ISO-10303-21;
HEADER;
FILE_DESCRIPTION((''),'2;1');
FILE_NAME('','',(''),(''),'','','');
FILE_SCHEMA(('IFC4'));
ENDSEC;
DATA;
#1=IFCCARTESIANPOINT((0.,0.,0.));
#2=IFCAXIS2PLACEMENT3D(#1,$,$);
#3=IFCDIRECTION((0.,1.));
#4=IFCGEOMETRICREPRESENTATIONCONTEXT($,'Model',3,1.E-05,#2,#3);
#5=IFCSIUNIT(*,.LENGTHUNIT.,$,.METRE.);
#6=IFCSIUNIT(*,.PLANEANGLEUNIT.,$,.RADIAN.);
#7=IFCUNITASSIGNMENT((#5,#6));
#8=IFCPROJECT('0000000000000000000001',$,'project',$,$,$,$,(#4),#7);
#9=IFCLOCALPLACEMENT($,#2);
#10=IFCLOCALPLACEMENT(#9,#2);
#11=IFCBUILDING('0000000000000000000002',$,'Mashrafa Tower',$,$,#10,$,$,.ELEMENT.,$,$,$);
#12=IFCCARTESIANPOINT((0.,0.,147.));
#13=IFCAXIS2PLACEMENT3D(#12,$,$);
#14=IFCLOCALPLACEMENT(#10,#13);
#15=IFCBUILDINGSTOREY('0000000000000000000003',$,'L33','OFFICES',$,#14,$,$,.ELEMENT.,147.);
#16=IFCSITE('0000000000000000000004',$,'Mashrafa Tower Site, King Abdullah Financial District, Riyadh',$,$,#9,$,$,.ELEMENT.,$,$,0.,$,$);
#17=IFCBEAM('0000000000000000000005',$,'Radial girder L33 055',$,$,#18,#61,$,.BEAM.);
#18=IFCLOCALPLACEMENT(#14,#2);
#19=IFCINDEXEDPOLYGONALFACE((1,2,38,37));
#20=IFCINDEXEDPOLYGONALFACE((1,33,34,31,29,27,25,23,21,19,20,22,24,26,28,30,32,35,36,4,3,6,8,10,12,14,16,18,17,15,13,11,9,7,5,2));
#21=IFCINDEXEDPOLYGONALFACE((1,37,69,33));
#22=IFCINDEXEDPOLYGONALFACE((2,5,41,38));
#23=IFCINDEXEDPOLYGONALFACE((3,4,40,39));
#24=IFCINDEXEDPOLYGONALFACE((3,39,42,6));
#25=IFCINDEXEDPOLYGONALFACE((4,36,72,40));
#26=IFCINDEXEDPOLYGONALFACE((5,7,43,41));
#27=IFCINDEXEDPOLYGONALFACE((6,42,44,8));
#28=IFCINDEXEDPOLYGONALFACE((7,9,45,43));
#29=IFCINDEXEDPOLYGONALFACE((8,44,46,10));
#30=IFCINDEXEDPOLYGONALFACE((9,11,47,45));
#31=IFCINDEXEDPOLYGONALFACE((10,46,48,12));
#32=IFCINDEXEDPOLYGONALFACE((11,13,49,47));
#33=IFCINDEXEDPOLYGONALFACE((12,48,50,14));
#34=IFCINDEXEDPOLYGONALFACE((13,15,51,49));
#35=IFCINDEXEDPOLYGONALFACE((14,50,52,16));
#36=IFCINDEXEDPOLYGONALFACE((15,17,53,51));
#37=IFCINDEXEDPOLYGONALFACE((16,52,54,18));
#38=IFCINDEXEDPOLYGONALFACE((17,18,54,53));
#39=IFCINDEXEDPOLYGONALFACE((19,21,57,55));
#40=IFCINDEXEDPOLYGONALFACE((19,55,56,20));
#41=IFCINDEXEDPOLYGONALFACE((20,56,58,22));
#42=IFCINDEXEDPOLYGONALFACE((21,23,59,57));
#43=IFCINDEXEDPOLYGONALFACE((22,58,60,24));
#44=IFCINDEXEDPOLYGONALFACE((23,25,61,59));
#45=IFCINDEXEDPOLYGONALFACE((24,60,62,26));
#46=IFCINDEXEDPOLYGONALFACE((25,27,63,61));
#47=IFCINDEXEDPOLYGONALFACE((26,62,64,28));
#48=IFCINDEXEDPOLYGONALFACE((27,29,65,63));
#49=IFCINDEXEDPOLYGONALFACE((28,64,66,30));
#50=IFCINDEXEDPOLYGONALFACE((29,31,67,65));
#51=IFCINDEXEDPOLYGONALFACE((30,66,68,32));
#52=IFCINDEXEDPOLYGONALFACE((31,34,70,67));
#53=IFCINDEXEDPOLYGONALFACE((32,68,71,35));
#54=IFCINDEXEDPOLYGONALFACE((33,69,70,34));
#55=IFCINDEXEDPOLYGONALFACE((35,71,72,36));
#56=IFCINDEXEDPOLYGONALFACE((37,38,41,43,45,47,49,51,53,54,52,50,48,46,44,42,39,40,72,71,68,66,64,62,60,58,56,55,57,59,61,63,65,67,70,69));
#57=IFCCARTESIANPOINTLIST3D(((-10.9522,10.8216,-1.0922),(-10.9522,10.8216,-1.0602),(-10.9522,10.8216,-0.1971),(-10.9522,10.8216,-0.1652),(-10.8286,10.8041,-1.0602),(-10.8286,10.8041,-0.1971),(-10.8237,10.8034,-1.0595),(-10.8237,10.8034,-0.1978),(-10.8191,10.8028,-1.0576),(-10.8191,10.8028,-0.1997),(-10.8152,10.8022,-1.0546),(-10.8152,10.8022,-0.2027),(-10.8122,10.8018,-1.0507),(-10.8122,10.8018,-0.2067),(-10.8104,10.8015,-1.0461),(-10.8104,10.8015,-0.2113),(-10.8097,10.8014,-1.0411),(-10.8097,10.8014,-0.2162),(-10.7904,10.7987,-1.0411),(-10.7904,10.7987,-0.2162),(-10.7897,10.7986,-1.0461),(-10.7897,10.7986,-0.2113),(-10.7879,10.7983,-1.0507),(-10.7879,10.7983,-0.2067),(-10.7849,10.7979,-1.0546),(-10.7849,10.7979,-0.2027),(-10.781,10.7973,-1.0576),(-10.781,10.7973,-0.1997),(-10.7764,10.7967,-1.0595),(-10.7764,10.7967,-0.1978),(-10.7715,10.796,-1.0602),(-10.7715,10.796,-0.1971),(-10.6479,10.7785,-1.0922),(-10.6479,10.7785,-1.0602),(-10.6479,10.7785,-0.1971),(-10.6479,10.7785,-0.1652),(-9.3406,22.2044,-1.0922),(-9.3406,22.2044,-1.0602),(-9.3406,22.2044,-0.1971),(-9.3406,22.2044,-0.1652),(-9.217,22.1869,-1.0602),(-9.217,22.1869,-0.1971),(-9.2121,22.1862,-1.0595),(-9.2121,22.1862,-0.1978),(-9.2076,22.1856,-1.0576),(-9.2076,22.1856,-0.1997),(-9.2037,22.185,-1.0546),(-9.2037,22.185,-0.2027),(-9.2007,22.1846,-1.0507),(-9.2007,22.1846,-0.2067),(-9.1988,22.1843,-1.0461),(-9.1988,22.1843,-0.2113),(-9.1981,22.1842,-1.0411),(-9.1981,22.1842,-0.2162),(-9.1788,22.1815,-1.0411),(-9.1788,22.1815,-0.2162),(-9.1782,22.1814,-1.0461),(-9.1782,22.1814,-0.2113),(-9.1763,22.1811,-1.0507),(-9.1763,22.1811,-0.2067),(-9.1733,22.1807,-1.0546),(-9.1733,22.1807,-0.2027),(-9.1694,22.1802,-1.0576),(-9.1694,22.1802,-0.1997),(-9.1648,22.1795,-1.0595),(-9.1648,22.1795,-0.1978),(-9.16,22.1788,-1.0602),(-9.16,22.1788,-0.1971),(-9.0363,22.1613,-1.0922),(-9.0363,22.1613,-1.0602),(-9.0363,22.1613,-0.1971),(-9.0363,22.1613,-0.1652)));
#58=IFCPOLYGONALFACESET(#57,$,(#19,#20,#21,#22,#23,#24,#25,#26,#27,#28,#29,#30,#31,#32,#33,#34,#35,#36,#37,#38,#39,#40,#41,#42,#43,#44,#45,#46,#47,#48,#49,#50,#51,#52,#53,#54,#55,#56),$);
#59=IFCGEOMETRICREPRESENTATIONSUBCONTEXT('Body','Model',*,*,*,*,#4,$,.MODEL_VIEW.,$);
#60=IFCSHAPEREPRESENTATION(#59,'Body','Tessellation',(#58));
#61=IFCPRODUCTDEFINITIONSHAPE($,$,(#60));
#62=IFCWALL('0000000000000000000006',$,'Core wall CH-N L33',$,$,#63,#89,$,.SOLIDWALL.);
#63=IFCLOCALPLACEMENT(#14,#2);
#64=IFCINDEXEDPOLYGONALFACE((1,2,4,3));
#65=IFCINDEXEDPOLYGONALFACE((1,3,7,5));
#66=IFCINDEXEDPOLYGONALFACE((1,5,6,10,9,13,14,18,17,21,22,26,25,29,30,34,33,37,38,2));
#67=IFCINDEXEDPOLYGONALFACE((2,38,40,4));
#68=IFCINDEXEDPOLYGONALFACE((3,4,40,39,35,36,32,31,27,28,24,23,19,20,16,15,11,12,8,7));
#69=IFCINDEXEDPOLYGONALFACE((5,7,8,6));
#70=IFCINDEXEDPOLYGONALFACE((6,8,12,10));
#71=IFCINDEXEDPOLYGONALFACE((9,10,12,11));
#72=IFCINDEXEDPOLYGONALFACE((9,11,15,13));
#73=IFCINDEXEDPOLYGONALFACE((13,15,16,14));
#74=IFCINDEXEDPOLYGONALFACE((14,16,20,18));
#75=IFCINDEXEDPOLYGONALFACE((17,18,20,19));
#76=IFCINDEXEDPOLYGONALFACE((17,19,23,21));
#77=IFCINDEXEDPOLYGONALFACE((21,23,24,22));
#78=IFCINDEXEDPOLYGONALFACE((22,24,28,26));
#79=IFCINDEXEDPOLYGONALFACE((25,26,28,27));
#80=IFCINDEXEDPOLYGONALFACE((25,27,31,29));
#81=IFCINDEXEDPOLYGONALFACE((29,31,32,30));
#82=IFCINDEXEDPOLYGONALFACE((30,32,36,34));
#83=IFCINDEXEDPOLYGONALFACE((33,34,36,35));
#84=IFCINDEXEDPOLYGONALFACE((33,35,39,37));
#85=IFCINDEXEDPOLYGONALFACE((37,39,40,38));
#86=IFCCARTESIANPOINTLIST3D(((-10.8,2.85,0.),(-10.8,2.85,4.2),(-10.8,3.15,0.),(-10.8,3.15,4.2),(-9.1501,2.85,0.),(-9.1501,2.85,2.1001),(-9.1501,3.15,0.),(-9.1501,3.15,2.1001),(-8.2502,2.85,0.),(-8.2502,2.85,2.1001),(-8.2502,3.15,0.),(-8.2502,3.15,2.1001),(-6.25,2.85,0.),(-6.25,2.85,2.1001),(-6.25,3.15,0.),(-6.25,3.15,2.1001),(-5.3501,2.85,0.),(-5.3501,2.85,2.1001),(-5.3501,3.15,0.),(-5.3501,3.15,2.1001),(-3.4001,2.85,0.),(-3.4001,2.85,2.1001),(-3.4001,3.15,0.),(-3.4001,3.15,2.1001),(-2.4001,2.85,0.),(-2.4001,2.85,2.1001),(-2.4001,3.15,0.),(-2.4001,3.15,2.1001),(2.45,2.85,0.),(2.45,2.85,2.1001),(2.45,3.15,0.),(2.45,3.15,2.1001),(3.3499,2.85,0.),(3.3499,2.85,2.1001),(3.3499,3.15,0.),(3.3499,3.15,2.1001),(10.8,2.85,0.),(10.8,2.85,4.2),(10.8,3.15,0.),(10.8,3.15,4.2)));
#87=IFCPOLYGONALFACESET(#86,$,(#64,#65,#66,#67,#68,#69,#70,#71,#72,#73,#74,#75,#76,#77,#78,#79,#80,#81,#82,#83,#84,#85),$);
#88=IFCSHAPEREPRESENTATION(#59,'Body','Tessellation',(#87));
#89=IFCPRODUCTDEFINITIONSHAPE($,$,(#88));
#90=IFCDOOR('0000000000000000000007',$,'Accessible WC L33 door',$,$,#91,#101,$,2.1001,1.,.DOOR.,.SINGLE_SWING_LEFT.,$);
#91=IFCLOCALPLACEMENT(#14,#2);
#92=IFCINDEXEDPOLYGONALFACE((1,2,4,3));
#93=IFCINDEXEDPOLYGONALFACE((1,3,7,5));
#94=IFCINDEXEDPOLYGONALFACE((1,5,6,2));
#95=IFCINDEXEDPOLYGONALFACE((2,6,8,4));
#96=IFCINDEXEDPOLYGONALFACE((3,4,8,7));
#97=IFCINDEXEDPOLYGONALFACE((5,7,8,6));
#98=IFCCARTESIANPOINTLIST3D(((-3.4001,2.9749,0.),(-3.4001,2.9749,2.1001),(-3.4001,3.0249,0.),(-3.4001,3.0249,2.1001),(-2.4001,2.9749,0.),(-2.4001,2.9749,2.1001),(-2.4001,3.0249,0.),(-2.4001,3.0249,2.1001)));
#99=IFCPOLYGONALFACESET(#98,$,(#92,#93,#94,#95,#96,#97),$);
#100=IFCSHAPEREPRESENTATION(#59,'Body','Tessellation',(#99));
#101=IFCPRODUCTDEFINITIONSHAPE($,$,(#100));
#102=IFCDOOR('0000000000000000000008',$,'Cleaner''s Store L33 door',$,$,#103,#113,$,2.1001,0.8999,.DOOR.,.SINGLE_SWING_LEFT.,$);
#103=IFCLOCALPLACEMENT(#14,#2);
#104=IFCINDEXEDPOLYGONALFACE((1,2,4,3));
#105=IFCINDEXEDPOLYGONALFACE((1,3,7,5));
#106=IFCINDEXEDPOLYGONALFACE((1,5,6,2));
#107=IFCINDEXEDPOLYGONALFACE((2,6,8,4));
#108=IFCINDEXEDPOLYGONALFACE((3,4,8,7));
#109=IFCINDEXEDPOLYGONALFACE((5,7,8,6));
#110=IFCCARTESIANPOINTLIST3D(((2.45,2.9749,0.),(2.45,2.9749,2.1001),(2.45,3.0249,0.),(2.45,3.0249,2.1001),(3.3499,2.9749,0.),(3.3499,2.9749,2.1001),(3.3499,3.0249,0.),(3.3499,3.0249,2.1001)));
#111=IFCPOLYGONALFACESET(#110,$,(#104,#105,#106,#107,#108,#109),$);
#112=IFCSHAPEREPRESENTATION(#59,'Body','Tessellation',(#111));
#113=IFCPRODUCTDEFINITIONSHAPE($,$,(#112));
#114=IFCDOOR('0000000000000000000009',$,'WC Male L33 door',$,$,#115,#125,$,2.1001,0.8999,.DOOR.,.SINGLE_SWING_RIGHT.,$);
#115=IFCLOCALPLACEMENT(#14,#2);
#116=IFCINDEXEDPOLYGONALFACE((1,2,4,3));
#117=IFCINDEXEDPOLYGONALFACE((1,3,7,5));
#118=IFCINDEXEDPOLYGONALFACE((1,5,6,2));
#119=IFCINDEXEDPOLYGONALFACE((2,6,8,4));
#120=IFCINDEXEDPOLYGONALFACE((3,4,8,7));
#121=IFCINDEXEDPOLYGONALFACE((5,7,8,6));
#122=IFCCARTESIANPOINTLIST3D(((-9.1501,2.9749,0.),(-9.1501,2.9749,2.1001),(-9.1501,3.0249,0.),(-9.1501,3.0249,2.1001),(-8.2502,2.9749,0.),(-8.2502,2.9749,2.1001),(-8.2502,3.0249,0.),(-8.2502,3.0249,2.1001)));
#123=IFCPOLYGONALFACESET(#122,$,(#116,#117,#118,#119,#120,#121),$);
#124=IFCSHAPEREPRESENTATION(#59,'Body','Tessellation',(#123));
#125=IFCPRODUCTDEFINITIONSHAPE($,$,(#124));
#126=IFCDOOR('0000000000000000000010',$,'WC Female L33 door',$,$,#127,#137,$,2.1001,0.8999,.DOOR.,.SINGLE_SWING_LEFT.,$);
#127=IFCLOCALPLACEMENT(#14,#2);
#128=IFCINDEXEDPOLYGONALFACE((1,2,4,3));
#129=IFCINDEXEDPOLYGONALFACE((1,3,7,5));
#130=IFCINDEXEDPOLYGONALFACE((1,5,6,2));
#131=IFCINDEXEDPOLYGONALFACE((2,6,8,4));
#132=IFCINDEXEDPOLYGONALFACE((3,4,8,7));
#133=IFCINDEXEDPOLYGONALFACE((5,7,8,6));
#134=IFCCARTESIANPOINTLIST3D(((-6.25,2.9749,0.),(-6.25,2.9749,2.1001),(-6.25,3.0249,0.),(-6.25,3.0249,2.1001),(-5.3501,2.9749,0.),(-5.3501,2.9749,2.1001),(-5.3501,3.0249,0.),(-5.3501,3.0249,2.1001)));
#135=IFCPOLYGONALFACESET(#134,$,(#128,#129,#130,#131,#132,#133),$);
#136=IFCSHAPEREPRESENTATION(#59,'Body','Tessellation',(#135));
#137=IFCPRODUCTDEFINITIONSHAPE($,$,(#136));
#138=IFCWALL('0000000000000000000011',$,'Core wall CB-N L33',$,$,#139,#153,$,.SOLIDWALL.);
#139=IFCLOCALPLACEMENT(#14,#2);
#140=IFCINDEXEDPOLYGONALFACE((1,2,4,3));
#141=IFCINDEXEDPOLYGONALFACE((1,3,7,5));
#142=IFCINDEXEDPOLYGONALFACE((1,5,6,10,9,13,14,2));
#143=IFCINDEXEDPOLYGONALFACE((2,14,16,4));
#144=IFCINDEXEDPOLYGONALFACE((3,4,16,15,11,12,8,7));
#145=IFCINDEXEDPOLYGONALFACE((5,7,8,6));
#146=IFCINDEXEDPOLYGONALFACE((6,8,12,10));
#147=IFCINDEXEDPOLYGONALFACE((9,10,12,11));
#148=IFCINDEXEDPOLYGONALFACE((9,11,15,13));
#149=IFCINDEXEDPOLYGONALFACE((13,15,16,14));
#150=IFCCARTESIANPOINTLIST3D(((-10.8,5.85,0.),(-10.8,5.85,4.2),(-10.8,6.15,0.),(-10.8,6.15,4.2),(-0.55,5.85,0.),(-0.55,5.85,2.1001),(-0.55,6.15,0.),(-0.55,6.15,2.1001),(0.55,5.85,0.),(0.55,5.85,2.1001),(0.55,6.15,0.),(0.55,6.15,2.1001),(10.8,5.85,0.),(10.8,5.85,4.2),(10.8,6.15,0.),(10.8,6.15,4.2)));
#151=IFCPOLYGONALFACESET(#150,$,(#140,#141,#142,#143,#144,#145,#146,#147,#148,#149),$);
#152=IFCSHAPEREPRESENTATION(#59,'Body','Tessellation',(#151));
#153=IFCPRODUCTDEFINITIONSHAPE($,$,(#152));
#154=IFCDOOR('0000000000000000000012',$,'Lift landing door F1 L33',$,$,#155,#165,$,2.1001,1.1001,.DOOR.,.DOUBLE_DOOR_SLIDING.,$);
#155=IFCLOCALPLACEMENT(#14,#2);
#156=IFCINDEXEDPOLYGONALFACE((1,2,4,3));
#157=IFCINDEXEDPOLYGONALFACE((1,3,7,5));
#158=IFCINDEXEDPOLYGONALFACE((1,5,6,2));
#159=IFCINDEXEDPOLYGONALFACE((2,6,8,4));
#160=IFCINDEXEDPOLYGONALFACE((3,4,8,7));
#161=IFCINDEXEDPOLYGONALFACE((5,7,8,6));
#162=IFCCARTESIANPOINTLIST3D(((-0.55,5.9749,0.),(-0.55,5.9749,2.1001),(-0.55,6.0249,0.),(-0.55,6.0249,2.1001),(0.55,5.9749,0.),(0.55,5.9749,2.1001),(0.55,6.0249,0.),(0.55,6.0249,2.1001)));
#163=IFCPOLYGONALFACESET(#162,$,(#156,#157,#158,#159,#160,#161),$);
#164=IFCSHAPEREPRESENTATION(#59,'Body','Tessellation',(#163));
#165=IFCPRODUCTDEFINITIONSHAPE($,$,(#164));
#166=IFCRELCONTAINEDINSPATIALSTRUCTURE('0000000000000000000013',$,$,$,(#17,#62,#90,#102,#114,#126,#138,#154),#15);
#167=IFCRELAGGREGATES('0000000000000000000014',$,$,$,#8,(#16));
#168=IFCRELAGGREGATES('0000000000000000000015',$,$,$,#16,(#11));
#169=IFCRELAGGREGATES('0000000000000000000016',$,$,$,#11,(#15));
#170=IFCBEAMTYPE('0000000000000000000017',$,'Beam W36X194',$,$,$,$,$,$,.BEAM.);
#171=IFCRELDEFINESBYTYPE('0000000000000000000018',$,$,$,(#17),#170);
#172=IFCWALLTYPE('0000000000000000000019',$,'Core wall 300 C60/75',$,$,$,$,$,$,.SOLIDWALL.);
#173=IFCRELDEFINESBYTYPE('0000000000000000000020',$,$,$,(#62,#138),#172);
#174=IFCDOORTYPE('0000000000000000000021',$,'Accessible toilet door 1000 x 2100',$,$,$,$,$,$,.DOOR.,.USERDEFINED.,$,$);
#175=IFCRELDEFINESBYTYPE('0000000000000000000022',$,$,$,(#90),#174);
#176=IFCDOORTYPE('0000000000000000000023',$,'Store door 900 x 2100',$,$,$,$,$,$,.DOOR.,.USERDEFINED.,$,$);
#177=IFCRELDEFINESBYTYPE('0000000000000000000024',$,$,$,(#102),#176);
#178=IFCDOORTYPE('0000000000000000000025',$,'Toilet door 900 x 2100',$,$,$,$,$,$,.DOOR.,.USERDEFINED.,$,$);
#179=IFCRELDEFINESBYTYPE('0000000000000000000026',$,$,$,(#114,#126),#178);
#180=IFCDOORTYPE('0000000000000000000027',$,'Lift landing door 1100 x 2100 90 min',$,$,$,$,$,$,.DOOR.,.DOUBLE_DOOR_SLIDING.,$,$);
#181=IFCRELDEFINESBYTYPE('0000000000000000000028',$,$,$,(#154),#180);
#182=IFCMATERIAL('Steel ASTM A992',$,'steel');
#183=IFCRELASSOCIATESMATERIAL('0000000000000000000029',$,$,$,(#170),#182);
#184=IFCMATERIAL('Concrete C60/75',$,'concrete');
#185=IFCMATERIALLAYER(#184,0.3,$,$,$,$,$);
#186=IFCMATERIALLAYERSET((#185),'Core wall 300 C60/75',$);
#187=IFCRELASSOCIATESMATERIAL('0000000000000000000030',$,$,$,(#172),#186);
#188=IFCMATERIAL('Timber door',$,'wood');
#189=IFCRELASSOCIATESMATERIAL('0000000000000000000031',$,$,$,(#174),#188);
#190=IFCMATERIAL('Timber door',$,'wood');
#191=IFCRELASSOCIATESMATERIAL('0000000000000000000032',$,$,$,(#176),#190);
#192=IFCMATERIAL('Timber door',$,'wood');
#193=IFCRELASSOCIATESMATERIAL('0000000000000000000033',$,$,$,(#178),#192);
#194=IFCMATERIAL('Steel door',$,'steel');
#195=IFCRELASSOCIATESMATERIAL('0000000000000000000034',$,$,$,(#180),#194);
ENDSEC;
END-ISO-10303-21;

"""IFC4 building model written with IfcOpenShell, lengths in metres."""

from ifc_helpers import new_model, si_unit, direction, frame, frame_2d, origin, origin_2d, place, context, subcontext, project, spatial, rectangle, i_section, extrude, material, layer, layer_set, material_profile, profile_set, type_object, element, fill, save


model = new_model("IFC4")

# Units and contexts
model_context = context("Model", 3, precision=1e-05, world=origin(), true_north=direction((0.0, 1.0)))
body_context = subcontext(model_context, "Body", "Model", "MODEL_VIEW")
ifc_project = project(units=[si_unit("LENGTHUNIT", "METRE"), si_unit("PLANEANGLEUNIT", "RADIAN")], contexts=[model_context])

# Site, building, storey
site_placement = place(None, origin())
site = spatial("IfcSite", under=ifc_project, at=site_placement, Name="Mashrafa Tower Site, King Abdullah Financial District, Riyadh", CompositionType="ELEMENT", RefElevation=0.0)
building_placement = place(site_placement, origin())
building = spatial("IfcBuilding", under=site, at=building_placement, Name="Mashrafa Tower", CompositionType="ELEMENT")
storey_placement = place(building_placement, frame((0.0, 0.0, 147.0)))
storey = spatial("IfcBuildingStorey", under=building, at=storey_placement, Name="L33", Description="OFFICES", CompositionType="ELEMENT", Elevation=147.0)

# Beam
ifc_material_1 = material(Name="Steel ASTM A992", Category="steel")
ifc_material_profile_1 = material_profile(ifc_material_1, i_section(OverallWidth=0.3074, OverallDepth=0.927, WebThickness=0.0195, FlangeThickness=0.032, FilletRadius=0.019, at=origin_2d()), Name="W36X194")
ifc_profile_set_1 = profile_set([ifc_material_profile_1], Name="Steel ASTM A992")
beam_type_1 = type_object("IfcBeamType", Name="Beam W36X194", PredefinedType="BEAM", material=ifc_profile_set_1)
for number, where, z_axis, x_axis, name in (
    (1, (-10.8, 10.8, -0.6287), (0.140181, 0.990126, 0.0), (-0.990126, 0.140181, 0.0), "Radial girder L33 055"),
):
    element("IfcBeam", number, at=place(storey_placement, frame(where, z_axis=z_axis, x_axis=x_axis)), inside=storey, type_object=beam_type_1, Name=name, PredefinedType="BEAM", context=body_context, shape_type="SweptSolid", body=[
        extrude(i_section(OverallWidth=0.3074, OverallDepth=0.927, WebThickness=0.0195, FlangeThickness=0.032, FilletRadius=0.019, at=origin_2d()), origin(), (0.0, 0.0, 1.0), 11.4963),
    ])

# Wall, openings, doors
ifc_material_2 = material(Name="Concrete C60/75", Category="concrete")
ifc_layer_1 = layer(ifc_material_2, 0.3)
ifc_layer_set_1 = layer_set([ifc_layer_1], Name="Core wall 300 C60/75")
wall_type_1 = type_object("IfcWallType", Name="Core wall 300 C60/75", PredefinedType="SOLIDWALL", material=ifc_layer_set_1)
wall_1_placement = place(storey_placement, frame((-10.8, 3.0, 0.0), z_axis=(0.0, 0.0, 1.0), x_axis=(1.0, 0.0, 0.0)))
wall_1 = element("IfcWall", 2, at=wall_1_placement, inside=storey, type_object=wall_type_1, Name="Core wall CH-N L33", PredefinedType="SOLIDWALL", context=body_context, shape_type="SweptSolid", body=[
    extrude(rectangle(XDim=21.6001, YDim=0.3, at=frame_2d((10.8, 0.0))), origin(), (0.0, 0.0, 1.0), 4.2),
])
opening_1_placement = place(wall_1_placement, frame((1.6499, 0.0, 0.0)))
opening_1 = element("IfcOpeningElement", 3, at=opening_1_placement, cuts=wall_1, PredefinedType="OPENING", context=body_context, shape_type="SweptSolid", body=[
    extrude(rectangle(XDim=0.8999, YDim=2.1001, at=frame_2d((0.45, 1.05))), frame((0.0, 0.1599, 0.0), z_axis=(0.0, -1.0, 0.0), x_axis=(1.0, 0.0, 0.0)), (0.0, 0.0, 1.0), 0.3201),
])
opening_2_placement = place(wall_1_placement, frame((4.55, 0.0, 0.0)))
opening_2 = element("IfcOpeningElement", 4, at=opening_2_placement, cuts=wall_1, PredefinedType="OPENING", context=body_context, shape_type="SweptSolid", body=[
    extrude(rectangle(XDim=0.8999, YDim=2.1001, at=frame_2d((0.45, 1.05))), frame((0.0, 0.1599, 0.0), z_axis=(0.0, -1.0, 0.0), x_axis=(1.0, 0.0, 0.0)), (0.0, 0.0, 1.0), 0.3201),
])
opening_3_placement = place(wall_1_placement, frame((7.3999, 0.0, 0.0)))
opening_3 = element("IfcOpeningElement", 5, at=opening_3_placement, cuts=wall_1, PredefinedType="OPENING", context=body_context, shape_type="SweptSolid", body=[
    extrude(rectangle(XDim=1.0, YDim=2.1001, at=frame_2d((0.5, 1.05))), frame((0.0, 0.1599, 0.0), z_axis=(0.0, -1.0, 0.0), x_axis=(1.0, 0.0, 0.0)), (0.0, 0.0, 1.0), 0.3201),
])
opening_4_placement = place(wall_1_placement, frame((13.25, 0.0, 0.0)))
opening_4 = element("IfcOpeningElement", 6, at=opening_4_placement, cuts=wall_1, PredefinedType="OPENING", context=body_context, shape_type="SweptSolid", body=[
    extrude(rectangle(XDim=0.8999, YDim=2.1001, at=frame_2d((0.45, 1.05))), frame((0.0, 0.1599, 0.0), z_axis=(0.0, -1.0, 0.0), x_axis=(1.0, 0.0, 0.0)), (0.0, 0.0, 1.0), 0.3201),
])
ifc_material_3 = material(Name="Timber door", Category="wood")
door_type_1 = type_object("IfcDoorType", Name="Accessible toilet door 1000 x 2100", OperationType="USERDEFINED", PredefinedType="DOOR", material=ifc_material_3)
door_1_placement = place(opening_3_placement, origin())
door_1 = element("IfcDoor", 7, at=door_1_placement, inside=storey, type_object=door_type_1, Name="Accessible WC L33 door", OperationType="SINGLE_SWING_LEFT", OverallHeight=2.1001, OverallWidth=1.0, PredefinedType="DOOR", context=body_context, shape_type="SweptSolid", body=[
    extrude(rectangle(XDim=1.0, YDim=2.1001, at=frame_2d((0.5, 1.05))), frame((0.0, 0.0249, 0.0), z_axis=(0.0, -1.0, 0.0), x_axis=(1.0, 0.0, 0.0)), (0.0, 0.0, 1.0), 0.05),
])
fill(opening_3, door_1)
ifc_material_4 = material(Name="Timber door", Category="wood")
door_type_2 = type_object("IfcDoorType", Name="Store door 900 x 2100", OperationType="USERDEFINED", PredefinedType="DOOR", material=ifc_material_4)
door_2_placement = place(opening_4_placement, origin())
door_2 = element("IfcDoor", 8, at=door_2_placement, inside=storey, type_object=door_type_2, Name="Cleaner's Store L33 door", OperationType="SINGLE_SWING_LEFT", OverallHeight=2.1001, OverallWidth=0.8999, PredefinedType="DOOR", context=body_context, shape_type="SweptSolid", body=[
    extrude(rectangle(XDim=0.8999, YDim=2.1001, at=frame_2d((0.45, 1.05))), frame((0.0, 0.0249, 0.0), z_axis=(0.0, -1.0, 0.0), x_axis=(1.0, 0.0, 0.0)), (0.0, 0.0, 1.0), 0.05),
])
fill(opening_4, door_2)
ifc_material_5 = material(Name="Timber door", Category="wood")
door_type_3 = type_object("IfcDoorType", Name="Toilet door 900 x 2100", OperationType="USERDEFINED", PredefinedType="DOOR", material=ifc_material_5)
door_3_placement = place(opening_1_placement, origin())
door_3 = element("IfcDoor", 9, at=door_3_placement, inside=storey, type_object=door_type_3, Name="WC Male L33 door", OperationType="SINGLE_SWING_RIGHT", OverallHeight=2.1001, OverallWidth=0.8999, PredefinedType="DOOR", context=body_context, shape_type="SweptSolid", body=[
    extrude(rectangle(XDim=0.8999, YDim=2.1001, at=frame_2d((0.45, 1.05))), frame((0.0, 0.0249, 0.0), z_axis=(0.0, -1.0, 0.0), x_axis=(1.0, 0.0, 0.0)), (0.0, 0.0, 1.0), 0.05),
])
fill(opening_1, door_3)
door_4_placement = place(opening_2_placement, origin())
door_4 = element("IfcDoor", 10, at=door_4_placement, inside=storey, type_object=door_type_3, Name="WC Female L33 door", OperationType="SINGLE_SWING_LEFT", OverallHeight=2.1001, OverallWidth=0.8999, PredefinedType="DOOR", context=body_context, shape_type="SweptSolid", body=[
    extrude(rectangle(XDim=0.8999, YDim=2.1001, at=frame_2d((0.45, 1.05))), frame((0.0, 0.0249, 0.0), z_axis=(0.0, -1.0, 0.0), x_axis=(1.0, 0.0, 0.0)), (0.0, 0.0, 1.0), 0.05),
])
fill(opening_2, door_4)

# Wall, opening, door
wall_2_placement = place(storey_placement, frame((-10.8, 6.0, 0.0), z_axis=(0.0, 0.0, 1.0), x_axis=(1.0, 0.0, 0.0)))
wall_2 = element("IfcWall", 11, at=wall_2_placement, inside=storey, type_object=wall_type_1, Name="Core wall CB-N L33", PredefinedType="SOLIDWALL", context=body_context, shape_type="SweptSolid", body=[
    extrude(rectangle(XDim=21.6001, YDim=0.3, at=frame_2d((10.8, 0.0))), origin(), (0.0, 0.0, 1.0), 4.2),
])
opening_5_placement = place(wall_2_placement, frame((10.25, 0.0, 0.0)))
opening_5 = element("IfcOpeningElement", 12, at=opening_5_placement, cuts=wall_2, PredefinedType="OPENING", context=body_context, shape_type="SweptSolid", body=[
    extrude(rectangle(XDim=1.1001, YDim=2.1001, at=frame_2d((0.55, 1.05))), frame((0.0, 0.1599, 0.0), z_axis=(0.0, -1.0, 0.0), x_axis=(1.0, 0.0, 0.0)), (0.0, 0.0, 1.0), 0.3201),
])
ifc_material_6 = material(Name="Steel door", Category="steel")
door_type_4 = type_object("IfcDoorType", Name="Lift landing door 1100 x 2100 90 min", OperationType="DOUBLE_DOOR_SLIDING", PredefinedType="DOOR", material=ifc_material_6)
door_5_placement = place(opening_5_placement, origin())
door_5 = element("IfcDoor", 13, at=door_5_placement, inside=storey, type_object=door_type_4, Name="Lift landing door F1 L33", OperationType="DOUBLE_DOOR_SLIDING", OverallHeight=2.1001, OverallWidth=1.1001, PredefinedType="DOOR", context=body_context, shape_type="SweptSolid", body=[
    extrude(rectangle(XDim=1.1001, YDim=2.1001, at=frame_2d((0.55, 1.05))), frame((0.0, 0.0249, 0.0), z_axis=(0.0, -1.0, 0.0), x_axis=(1.0, 0.0, 0.0)), (0.0, 0.0, 1.0), 0.05),
])
fill(opening_5, door_5)

save(model, "model.ifc")
